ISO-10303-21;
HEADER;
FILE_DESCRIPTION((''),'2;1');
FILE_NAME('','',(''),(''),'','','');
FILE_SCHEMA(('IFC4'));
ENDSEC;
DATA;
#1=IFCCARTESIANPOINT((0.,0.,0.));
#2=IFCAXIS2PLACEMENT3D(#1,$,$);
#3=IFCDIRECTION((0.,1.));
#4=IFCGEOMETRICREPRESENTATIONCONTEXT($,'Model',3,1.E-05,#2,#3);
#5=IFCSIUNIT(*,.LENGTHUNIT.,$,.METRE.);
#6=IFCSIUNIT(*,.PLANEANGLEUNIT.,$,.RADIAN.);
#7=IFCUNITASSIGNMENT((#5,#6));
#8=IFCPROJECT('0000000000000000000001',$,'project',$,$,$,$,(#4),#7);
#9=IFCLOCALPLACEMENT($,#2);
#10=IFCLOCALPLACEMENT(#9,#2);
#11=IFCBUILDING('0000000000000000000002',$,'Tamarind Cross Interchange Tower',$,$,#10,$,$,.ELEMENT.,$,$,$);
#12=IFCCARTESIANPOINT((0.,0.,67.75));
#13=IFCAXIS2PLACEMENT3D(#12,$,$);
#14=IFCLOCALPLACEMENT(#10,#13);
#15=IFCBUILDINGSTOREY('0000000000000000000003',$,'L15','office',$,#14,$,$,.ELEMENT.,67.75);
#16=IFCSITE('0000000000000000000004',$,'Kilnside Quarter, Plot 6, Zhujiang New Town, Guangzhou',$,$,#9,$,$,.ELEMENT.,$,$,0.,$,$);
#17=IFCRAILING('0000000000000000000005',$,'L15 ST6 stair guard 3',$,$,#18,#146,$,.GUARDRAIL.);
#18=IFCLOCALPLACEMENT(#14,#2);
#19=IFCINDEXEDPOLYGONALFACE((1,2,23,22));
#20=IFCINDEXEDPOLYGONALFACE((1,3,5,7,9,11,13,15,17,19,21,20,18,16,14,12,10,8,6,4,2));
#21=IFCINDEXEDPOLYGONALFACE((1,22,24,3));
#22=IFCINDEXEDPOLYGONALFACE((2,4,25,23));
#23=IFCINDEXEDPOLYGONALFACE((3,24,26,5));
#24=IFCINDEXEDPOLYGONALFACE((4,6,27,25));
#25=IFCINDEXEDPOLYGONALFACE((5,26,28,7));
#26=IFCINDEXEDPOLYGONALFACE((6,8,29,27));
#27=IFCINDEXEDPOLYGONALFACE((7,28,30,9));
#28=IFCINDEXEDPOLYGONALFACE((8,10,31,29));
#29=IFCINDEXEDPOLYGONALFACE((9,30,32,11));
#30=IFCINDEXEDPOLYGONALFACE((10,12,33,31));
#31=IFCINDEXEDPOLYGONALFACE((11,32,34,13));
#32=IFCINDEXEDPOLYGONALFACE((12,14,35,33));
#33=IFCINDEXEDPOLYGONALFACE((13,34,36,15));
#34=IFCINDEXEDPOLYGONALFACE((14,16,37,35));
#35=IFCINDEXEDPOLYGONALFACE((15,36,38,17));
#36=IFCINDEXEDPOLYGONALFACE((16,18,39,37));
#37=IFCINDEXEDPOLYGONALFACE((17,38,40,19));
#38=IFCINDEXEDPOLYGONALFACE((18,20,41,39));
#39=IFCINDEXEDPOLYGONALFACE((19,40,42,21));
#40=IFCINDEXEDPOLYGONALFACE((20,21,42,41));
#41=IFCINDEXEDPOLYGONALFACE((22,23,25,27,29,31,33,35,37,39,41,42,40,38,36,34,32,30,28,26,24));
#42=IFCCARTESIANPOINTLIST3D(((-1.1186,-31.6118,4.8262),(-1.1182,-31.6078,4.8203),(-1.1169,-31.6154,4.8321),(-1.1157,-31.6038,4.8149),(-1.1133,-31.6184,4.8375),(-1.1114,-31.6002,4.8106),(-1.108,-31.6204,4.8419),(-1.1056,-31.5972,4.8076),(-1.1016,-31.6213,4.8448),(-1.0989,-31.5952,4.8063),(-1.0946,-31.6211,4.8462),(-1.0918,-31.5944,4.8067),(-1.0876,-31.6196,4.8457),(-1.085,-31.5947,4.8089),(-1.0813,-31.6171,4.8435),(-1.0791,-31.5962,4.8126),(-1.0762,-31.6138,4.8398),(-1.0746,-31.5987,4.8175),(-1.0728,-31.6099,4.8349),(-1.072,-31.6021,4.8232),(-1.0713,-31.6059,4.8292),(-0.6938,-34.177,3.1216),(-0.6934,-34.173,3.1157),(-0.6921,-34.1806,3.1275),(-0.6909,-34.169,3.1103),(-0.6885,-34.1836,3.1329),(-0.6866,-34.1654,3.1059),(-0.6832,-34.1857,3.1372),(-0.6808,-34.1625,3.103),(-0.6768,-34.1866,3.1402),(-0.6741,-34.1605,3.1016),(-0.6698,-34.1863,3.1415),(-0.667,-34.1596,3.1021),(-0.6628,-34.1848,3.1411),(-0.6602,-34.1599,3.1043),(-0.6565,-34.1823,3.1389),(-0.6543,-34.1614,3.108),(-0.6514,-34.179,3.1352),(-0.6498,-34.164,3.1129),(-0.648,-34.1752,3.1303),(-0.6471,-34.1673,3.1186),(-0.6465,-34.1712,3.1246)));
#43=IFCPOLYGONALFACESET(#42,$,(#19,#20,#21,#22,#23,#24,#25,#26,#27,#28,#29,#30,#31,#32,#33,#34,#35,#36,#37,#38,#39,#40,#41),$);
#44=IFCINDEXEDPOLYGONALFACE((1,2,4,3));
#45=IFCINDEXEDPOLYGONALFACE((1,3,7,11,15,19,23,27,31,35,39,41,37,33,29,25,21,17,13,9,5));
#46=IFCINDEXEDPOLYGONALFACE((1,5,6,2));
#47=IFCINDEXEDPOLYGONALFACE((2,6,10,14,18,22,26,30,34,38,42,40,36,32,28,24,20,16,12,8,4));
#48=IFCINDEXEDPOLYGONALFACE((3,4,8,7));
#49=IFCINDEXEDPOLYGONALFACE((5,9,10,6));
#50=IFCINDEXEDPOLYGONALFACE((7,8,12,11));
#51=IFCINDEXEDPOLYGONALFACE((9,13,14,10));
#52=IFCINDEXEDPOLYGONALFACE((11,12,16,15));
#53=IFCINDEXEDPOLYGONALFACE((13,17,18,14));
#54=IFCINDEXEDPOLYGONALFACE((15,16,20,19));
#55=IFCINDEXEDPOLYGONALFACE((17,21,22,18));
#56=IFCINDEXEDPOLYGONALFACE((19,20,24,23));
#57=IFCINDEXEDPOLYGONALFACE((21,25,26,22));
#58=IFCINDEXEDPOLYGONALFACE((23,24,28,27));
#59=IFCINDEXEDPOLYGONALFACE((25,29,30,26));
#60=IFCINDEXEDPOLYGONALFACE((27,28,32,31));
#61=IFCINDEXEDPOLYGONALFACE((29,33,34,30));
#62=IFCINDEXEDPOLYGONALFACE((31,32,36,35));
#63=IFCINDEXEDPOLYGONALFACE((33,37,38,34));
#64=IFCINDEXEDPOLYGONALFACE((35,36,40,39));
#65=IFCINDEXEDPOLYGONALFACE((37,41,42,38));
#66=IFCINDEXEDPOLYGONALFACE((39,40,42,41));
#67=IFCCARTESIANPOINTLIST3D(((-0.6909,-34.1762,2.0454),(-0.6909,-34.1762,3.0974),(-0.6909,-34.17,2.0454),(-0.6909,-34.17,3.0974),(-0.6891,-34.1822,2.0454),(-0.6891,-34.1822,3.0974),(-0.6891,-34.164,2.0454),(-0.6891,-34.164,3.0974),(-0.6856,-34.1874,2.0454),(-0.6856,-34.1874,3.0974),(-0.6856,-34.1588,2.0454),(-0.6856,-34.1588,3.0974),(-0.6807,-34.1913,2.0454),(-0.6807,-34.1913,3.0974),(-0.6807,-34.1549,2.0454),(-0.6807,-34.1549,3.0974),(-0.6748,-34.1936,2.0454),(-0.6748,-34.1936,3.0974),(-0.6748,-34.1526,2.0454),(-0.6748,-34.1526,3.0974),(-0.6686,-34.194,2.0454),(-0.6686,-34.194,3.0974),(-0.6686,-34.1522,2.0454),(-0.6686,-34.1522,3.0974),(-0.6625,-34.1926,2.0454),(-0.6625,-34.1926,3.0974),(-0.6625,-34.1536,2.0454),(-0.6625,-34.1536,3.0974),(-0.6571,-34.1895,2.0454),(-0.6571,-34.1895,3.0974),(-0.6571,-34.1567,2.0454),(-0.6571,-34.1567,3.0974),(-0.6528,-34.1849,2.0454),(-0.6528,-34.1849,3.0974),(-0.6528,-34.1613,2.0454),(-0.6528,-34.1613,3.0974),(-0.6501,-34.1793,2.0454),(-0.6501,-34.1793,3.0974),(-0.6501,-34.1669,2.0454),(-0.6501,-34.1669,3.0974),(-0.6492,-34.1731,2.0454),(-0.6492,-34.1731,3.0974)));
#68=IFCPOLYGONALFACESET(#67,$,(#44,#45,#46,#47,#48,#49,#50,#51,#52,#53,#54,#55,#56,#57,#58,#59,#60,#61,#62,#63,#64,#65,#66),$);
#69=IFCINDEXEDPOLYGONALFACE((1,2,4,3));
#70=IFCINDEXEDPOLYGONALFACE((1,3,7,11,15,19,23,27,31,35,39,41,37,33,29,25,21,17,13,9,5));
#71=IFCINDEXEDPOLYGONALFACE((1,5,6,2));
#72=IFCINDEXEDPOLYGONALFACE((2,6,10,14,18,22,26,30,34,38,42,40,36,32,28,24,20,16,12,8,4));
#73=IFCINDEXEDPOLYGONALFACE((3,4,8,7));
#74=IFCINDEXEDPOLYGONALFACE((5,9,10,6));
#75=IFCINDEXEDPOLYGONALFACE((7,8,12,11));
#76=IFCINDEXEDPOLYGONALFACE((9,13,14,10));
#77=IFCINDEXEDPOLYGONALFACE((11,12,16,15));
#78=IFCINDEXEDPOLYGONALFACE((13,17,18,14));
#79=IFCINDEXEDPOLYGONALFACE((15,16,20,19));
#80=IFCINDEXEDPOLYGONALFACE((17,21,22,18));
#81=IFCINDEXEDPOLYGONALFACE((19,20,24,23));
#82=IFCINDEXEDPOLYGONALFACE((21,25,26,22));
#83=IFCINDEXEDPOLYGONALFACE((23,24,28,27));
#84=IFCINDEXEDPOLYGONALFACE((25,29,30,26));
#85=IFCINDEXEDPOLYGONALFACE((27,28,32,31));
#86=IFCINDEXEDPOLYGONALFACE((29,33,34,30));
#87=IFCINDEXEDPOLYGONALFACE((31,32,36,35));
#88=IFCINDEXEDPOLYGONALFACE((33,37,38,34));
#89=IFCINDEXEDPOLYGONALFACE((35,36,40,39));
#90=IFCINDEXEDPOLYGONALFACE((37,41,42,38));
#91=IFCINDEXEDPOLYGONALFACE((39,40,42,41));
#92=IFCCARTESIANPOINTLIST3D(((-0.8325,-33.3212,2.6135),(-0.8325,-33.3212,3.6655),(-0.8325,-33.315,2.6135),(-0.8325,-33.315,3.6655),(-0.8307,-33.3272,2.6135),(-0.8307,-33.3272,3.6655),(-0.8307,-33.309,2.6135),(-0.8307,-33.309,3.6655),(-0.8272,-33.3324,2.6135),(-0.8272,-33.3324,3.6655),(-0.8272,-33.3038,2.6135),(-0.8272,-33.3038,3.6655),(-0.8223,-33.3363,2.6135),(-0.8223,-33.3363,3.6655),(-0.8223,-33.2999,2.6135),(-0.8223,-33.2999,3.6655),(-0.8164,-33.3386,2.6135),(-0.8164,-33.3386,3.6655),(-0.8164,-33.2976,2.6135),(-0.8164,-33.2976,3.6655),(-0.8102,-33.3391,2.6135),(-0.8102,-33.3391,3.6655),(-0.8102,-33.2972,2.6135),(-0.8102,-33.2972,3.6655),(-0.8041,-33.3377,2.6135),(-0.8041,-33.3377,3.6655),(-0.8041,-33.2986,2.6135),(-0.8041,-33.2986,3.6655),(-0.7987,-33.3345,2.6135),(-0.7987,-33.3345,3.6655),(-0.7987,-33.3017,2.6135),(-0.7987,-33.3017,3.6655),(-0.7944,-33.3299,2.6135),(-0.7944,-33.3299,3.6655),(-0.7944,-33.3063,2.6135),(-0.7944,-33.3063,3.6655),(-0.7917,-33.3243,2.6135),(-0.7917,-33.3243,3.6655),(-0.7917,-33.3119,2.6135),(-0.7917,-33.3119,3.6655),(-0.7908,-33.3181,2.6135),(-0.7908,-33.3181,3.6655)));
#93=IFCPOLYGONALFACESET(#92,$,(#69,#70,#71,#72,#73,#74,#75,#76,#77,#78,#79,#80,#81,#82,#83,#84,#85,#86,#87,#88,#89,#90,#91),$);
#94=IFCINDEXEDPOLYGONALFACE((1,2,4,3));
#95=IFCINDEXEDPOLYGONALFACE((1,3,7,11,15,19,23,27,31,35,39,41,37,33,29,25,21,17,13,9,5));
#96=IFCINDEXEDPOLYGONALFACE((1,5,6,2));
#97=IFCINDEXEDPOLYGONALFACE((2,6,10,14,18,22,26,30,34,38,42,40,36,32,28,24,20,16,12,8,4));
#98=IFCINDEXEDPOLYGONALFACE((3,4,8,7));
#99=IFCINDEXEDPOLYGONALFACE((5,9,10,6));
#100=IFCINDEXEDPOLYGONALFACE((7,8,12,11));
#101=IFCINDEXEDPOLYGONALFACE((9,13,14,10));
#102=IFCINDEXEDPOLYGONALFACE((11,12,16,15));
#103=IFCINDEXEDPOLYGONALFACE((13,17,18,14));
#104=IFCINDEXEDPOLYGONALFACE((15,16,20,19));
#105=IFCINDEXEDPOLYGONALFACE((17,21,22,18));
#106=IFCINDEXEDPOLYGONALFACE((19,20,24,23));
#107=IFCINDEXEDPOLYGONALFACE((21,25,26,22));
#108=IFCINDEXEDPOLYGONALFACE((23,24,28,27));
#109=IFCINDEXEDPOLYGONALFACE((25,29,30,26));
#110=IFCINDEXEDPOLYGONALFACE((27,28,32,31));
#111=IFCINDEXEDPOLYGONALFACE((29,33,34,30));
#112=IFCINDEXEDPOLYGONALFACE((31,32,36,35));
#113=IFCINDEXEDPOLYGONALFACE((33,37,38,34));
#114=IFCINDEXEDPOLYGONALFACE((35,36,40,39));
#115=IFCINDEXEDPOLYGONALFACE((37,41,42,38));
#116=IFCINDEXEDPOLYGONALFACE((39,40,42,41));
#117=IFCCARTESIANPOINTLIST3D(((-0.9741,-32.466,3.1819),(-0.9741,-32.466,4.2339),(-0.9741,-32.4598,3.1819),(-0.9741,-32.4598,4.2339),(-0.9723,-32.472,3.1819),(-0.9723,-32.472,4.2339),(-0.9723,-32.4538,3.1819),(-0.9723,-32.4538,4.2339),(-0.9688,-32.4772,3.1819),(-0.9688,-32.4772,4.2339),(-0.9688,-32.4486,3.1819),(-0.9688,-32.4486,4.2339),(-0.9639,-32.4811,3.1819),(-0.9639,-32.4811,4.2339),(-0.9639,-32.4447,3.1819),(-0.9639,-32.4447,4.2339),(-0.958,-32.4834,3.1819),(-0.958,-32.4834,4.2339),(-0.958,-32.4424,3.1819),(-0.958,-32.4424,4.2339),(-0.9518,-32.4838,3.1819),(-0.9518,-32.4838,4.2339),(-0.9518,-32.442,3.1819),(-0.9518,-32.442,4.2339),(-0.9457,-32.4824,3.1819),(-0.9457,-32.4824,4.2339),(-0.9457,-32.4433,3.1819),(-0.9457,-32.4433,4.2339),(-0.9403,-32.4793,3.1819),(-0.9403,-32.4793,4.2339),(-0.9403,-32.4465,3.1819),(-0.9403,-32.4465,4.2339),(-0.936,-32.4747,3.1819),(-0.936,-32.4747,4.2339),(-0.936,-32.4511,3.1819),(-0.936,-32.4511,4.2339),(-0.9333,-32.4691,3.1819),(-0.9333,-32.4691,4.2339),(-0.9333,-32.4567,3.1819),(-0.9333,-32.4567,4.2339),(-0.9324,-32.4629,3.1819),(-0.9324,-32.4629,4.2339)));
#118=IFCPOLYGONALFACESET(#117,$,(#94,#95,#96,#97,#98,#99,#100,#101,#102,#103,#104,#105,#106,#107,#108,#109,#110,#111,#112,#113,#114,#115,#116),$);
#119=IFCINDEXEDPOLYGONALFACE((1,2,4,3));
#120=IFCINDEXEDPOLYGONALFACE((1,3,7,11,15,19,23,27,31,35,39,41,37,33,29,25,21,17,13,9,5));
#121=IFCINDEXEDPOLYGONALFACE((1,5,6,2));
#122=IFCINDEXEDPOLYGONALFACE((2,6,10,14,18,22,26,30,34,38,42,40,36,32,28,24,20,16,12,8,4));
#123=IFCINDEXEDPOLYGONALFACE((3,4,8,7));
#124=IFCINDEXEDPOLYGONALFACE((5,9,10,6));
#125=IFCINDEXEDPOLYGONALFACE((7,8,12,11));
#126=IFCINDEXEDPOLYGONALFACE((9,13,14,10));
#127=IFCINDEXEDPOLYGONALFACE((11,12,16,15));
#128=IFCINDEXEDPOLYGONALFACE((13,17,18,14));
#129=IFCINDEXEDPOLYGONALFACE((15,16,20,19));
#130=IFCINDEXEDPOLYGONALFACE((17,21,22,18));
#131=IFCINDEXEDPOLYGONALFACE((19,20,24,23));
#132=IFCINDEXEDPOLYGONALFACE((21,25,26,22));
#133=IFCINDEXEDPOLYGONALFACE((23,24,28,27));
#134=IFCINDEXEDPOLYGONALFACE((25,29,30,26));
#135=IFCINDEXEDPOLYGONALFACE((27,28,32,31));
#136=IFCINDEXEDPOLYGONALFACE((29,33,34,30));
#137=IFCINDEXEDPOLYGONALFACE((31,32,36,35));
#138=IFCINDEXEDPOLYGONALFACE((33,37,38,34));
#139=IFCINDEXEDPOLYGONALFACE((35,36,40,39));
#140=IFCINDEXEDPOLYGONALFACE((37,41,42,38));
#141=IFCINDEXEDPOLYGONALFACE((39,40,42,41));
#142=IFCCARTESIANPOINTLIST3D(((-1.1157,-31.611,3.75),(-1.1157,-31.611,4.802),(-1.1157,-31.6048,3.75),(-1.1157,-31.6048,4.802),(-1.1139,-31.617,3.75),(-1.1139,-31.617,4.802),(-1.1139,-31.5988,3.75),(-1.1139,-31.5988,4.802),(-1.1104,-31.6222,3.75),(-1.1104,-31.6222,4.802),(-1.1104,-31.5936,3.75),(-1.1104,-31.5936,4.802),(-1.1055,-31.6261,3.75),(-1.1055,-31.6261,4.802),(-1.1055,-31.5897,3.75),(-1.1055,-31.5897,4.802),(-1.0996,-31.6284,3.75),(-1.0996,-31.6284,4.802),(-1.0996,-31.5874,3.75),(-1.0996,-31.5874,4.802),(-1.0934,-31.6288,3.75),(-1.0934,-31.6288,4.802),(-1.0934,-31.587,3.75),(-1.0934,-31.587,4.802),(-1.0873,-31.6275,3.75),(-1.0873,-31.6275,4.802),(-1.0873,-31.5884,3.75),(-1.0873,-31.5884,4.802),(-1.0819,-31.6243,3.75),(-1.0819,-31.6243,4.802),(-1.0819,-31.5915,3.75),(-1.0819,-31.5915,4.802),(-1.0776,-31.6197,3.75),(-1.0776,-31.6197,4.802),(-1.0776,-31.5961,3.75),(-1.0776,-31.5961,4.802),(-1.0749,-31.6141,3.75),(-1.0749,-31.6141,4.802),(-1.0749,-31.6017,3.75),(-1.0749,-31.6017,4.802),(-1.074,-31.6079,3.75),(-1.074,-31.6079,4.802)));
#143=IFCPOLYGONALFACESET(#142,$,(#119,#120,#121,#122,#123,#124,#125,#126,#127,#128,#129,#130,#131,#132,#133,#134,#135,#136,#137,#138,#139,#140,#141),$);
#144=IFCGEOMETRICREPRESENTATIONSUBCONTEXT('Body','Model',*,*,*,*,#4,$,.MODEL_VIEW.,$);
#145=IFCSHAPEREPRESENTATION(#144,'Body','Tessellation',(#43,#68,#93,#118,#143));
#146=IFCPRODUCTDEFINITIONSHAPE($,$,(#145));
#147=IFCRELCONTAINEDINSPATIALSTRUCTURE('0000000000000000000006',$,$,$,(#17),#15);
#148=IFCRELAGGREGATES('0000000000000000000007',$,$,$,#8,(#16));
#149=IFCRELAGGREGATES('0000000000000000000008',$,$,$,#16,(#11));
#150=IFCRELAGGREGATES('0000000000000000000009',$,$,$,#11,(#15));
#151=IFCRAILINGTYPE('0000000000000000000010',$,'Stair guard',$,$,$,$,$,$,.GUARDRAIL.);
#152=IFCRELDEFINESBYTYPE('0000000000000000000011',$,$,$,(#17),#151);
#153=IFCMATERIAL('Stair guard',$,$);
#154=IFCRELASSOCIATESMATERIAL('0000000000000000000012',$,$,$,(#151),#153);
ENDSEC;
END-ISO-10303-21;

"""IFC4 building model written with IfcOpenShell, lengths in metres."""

from ifc_helpers import new_model, si_unit, direction, frame, origin, origin_2d, place, context, subcontext, project, spatial, circle, extrude, material, type_object, element, save


model = new_model("IFC4")

# Units and contexts
model_context = context("Model", 3, precision=1e-05, world=origin(), true_north=direction((0.0, 1.0)))
body_context = subcontext(model_context, "Body", "Model", "MODEL_VIEW")
ifc_project = project(units=[si_unit("LENGTHUNIT", "METRE"), si_unit("PLANEANGLEUNIT", "RADIAN")], contexts=[model_context])

# Site, building, storey
site_placement = place(None, origin())
site = spatial("IfcSite", under=ifc_project, at=site_placement, Name="Kilnside Quarter, Plot 6, Zhujiang New Town, Guangzhou", CompositionType="ELEMENT", RefElevation=0.0)
building_placement = place(site_placement, origin())
building = spatial("IfcBuilding", under=site, at=building_placement, Name="Tamarind Cross Interchange Tower", CompositionType="ELEMENT")
storey_placement = place(building_placement, frame((0.0, 0.0, 67.75)))
storey = spatial("IfcBuildingStorey", under=building, at=storey_placement, Name="L15", Description="office", CompositionType="ELEMENT", Elevation=67.75)

# Railing
ifc_material_1 = material(Name="Stair guard")
railing_type_1 = type_object("IfcRailingType", Name="Stair guard", PredefinedType="GUARDRAIL", material=ifc_material_1)
railing_1_placement = place(storey_placement, frame((-0.6702, -34.1731, 2.0454)))
element("IfcRailing", 1, at=railing_1_placement, inside=storey, type_object=railing_type_1, Name="L15 ST6 stair guard 3", PredefinedType="GUARDRAIL", context=body_context, shape_type="SweptSolid", body=[
    extrude(circle(Radius=0.0239, at=origin_2d()), frame((0.0, 0.0, 1.0762), z_axis=(-0.136634, 0.825068, 0.548265), x_axis=(-0.986563, -0.163379, 0.0)), (0.0, 0.0, 1.0), 3.1091),
    extrude(circle(Radius=0.021, at=origin_2d()), origin(), (0.0, 0.0, 1.0), 1.052),
    extrude(circle(Radius=0.021, at=origin_2d()), frame((-0.1416, 0.855, 0.5681)), (0.0, 0.0, 1.0), 1.052),
    extrude(circle(Radius=0.021, at=origin_2d()), frame((-0.2832, 1.7102, 1.1365)), (0.0, 0.0, 1.0), 1.052),
    extrude(circle(Radius=0.021, at=origin_2d()), frame((-0.4248, 2.5652, 1.7046)), (0.0, 0.0, 1.0), 1.052),
])

save(model, "model.ifc")
